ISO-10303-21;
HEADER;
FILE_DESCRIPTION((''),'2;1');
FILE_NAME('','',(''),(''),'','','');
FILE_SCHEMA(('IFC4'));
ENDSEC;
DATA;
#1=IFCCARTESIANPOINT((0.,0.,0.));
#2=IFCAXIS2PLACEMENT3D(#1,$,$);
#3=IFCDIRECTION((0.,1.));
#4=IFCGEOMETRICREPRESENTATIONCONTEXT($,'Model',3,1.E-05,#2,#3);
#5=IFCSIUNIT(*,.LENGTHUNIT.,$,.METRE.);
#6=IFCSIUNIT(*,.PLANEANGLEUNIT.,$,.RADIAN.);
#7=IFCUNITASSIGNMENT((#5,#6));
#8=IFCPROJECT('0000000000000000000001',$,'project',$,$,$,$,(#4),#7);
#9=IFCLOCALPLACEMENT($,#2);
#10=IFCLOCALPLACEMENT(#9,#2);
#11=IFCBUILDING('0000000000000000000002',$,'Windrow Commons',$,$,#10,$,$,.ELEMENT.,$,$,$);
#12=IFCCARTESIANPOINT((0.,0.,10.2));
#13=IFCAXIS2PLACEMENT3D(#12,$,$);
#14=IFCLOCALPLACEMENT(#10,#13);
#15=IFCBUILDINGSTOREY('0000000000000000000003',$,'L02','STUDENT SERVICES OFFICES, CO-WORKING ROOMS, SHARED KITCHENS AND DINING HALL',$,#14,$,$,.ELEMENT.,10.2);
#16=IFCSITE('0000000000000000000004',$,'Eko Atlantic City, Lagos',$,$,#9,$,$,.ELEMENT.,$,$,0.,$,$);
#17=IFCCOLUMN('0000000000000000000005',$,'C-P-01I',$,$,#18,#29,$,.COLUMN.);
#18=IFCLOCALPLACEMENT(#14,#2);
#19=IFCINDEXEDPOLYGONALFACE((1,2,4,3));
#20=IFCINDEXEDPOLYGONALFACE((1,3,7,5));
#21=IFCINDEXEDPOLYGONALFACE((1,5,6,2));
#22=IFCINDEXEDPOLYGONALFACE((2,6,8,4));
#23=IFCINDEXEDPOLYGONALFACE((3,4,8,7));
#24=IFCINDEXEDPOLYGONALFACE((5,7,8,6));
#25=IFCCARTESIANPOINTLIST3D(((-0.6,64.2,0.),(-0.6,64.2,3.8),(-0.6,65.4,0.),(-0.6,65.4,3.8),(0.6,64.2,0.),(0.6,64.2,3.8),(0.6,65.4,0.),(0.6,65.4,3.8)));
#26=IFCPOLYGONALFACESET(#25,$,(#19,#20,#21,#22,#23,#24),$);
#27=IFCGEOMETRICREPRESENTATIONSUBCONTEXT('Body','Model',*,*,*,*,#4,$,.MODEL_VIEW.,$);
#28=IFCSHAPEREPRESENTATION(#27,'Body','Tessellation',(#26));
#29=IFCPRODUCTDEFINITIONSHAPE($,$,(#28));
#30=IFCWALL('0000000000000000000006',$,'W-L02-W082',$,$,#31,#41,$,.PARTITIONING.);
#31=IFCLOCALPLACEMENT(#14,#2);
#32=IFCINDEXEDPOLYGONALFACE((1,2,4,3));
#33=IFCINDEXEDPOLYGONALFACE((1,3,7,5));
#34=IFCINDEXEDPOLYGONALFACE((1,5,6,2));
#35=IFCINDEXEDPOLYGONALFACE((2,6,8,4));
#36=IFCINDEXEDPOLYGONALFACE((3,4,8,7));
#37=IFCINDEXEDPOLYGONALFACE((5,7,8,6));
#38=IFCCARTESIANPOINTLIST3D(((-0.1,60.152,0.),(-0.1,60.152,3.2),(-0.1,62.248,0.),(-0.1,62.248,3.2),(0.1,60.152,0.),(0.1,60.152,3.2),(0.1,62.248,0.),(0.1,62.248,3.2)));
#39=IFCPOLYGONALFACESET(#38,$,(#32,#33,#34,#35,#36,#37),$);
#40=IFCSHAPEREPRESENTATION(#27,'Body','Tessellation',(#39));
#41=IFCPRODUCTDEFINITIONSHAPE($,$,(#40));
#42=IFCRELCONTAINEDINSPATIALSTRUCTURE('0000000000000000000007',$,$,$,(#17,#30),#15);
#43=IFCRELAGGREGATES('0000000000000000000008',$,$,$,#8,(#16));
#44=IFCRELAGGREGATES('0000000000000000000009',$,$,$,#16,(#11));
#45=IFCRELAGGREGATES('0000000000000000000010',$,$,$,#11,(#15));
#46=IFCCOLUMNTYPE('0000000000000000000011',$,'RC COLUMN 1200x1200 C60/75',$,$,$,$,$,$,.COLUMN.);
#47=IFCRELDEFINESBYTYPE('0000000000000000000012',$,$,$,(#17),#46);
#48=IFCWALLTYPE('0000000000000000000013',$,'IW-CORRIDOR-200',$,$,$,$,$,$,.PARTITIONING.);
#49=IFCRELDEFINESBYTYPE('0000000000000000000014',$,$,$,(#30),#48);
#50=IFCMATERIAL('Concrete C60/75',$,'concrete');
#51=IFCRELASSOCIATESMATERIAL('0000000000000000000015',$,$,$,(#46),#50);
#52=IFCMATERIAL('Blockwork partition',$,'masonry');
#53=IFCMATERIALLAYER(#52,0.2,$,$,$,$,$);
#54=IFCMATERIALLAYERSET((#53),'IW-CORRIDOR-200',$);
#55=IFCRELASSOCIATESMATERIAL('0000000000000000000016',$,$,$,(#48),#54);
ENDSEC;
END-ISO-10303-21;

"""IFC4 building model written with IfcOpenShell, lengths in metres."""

from ifc_helpers import new_model, si_unit, direction, frame, frame_2d, origin, origin_2d, place, context, subcontext, project, spatial, rectangle, extrude, material, layer, layer_set, material_profile, profile_set, type_object, element, save


model = new_model("IFC4")

# Units and contexts
model_context = context("Model", 3, precision=1e-05, world=origin(), true_north=direction((0.0, 1.0)))
body_context = subcontext(model_context, "Body", "Model", "MODEL_VIEW")
ifc_project = project(units=[si_unit("LENGTHUNIT", "METRE"), si_unit("PLANEANGLEUNIT", "RADIAN")], contexts=[model_context])

# Site, building, storey
site_placement = place(None, origin())
site = spatial("IfcSite", under=ifc_project, at=site_placement, Name="Eko Atlantic City, Lagos", CompositionType="ELEMENT", RefElevation=0.0)
building_placement = place(site_placement, origin())
building = spatial("IfcBuilding", under=site, at=building_placement, Name="Windrow Commons", CompositionType="ELEMENT")
storey_placement = place(building_placement, frame((0.0, 0.0, 10.2)))
storey = spatial("IfcBuildingStorey", under=building, at=storey_placement, Name="L02", Description="STUDENT SERVICES OFFICES, CO-WORKING ROOMS, SHARED KITCHENS AND DINING HALL", CompositionType="ELEMENT", Elevation=10.2)

# Column
ifc_material_1 = material(Name="Concrete C60/75", Category="concrete")
ifc_material_profile = material_profile(ifc_material_1, rectangle(XDim=1.2, YDim=1.2, at=origin_2d()))
ifc_profile_set = profile_set([ifc_material_profile], Name="Concrete C60/75")
column_type = type_object("IfcColumnType", Name="RC COLUMN 1200x1200 C60/75", PredefinedType="COLUMN", material=ifc_profile_set)
column_placement = place(storey_placement, frame((0.0, 64.8, 0.0), z_axis=(0.0, 0.0, 1.0), x_axis=(1.0, 0.0, 0.0)))
element("IfcColumn", 1, at=column_placement, inside=storey, type_object=column_type, Name="C-P-01I", PredefinedType="COLUMN", context=body_context, shape_type="SweptSolid", body=[
    extrude(rectangle(XDim=1.2, YDim=1.2, at=origin_2d()), origin(), (0.0, 0.0, 1.0), 3.8),
])

# Shared definitions
ifc_material_2 = material(Name="Blockwork partition", Category="masonry")
ifc_layer = layer(ifc_material_2, 0.2)
ifc_layer_set = layer_set([ifc_layer], Name="IW-CORRIDOR-200")
wall_type = type_object("IfcWallType", Name="IW-CORRIDOR-200", PredefinedType="PARTITIONING", material=ifc_layer_set)

# Wall
wall_1_placement = place(storey_placement, frame((0.0, 60.152, 0.0), z_axis=(0.0, 0.0, 1.0), x_axis=(0.0, 1.0, 0.0)))
element("IfcWall", 2, at=wall_1_placement, inside=storey, type_object=wall_type, Name="W-L02-W082", PredefinedType="PARTITIONING", context=body_context, shape_type="SweptSolid", body=[
    extrude(rectangle(XDim=2.096, YDim=0.2, at=frame_2d((1.048, 0.0))), origin(), (0.0, 0.0, 1.0), 3.2),
])

save(model, "model.ifc")
